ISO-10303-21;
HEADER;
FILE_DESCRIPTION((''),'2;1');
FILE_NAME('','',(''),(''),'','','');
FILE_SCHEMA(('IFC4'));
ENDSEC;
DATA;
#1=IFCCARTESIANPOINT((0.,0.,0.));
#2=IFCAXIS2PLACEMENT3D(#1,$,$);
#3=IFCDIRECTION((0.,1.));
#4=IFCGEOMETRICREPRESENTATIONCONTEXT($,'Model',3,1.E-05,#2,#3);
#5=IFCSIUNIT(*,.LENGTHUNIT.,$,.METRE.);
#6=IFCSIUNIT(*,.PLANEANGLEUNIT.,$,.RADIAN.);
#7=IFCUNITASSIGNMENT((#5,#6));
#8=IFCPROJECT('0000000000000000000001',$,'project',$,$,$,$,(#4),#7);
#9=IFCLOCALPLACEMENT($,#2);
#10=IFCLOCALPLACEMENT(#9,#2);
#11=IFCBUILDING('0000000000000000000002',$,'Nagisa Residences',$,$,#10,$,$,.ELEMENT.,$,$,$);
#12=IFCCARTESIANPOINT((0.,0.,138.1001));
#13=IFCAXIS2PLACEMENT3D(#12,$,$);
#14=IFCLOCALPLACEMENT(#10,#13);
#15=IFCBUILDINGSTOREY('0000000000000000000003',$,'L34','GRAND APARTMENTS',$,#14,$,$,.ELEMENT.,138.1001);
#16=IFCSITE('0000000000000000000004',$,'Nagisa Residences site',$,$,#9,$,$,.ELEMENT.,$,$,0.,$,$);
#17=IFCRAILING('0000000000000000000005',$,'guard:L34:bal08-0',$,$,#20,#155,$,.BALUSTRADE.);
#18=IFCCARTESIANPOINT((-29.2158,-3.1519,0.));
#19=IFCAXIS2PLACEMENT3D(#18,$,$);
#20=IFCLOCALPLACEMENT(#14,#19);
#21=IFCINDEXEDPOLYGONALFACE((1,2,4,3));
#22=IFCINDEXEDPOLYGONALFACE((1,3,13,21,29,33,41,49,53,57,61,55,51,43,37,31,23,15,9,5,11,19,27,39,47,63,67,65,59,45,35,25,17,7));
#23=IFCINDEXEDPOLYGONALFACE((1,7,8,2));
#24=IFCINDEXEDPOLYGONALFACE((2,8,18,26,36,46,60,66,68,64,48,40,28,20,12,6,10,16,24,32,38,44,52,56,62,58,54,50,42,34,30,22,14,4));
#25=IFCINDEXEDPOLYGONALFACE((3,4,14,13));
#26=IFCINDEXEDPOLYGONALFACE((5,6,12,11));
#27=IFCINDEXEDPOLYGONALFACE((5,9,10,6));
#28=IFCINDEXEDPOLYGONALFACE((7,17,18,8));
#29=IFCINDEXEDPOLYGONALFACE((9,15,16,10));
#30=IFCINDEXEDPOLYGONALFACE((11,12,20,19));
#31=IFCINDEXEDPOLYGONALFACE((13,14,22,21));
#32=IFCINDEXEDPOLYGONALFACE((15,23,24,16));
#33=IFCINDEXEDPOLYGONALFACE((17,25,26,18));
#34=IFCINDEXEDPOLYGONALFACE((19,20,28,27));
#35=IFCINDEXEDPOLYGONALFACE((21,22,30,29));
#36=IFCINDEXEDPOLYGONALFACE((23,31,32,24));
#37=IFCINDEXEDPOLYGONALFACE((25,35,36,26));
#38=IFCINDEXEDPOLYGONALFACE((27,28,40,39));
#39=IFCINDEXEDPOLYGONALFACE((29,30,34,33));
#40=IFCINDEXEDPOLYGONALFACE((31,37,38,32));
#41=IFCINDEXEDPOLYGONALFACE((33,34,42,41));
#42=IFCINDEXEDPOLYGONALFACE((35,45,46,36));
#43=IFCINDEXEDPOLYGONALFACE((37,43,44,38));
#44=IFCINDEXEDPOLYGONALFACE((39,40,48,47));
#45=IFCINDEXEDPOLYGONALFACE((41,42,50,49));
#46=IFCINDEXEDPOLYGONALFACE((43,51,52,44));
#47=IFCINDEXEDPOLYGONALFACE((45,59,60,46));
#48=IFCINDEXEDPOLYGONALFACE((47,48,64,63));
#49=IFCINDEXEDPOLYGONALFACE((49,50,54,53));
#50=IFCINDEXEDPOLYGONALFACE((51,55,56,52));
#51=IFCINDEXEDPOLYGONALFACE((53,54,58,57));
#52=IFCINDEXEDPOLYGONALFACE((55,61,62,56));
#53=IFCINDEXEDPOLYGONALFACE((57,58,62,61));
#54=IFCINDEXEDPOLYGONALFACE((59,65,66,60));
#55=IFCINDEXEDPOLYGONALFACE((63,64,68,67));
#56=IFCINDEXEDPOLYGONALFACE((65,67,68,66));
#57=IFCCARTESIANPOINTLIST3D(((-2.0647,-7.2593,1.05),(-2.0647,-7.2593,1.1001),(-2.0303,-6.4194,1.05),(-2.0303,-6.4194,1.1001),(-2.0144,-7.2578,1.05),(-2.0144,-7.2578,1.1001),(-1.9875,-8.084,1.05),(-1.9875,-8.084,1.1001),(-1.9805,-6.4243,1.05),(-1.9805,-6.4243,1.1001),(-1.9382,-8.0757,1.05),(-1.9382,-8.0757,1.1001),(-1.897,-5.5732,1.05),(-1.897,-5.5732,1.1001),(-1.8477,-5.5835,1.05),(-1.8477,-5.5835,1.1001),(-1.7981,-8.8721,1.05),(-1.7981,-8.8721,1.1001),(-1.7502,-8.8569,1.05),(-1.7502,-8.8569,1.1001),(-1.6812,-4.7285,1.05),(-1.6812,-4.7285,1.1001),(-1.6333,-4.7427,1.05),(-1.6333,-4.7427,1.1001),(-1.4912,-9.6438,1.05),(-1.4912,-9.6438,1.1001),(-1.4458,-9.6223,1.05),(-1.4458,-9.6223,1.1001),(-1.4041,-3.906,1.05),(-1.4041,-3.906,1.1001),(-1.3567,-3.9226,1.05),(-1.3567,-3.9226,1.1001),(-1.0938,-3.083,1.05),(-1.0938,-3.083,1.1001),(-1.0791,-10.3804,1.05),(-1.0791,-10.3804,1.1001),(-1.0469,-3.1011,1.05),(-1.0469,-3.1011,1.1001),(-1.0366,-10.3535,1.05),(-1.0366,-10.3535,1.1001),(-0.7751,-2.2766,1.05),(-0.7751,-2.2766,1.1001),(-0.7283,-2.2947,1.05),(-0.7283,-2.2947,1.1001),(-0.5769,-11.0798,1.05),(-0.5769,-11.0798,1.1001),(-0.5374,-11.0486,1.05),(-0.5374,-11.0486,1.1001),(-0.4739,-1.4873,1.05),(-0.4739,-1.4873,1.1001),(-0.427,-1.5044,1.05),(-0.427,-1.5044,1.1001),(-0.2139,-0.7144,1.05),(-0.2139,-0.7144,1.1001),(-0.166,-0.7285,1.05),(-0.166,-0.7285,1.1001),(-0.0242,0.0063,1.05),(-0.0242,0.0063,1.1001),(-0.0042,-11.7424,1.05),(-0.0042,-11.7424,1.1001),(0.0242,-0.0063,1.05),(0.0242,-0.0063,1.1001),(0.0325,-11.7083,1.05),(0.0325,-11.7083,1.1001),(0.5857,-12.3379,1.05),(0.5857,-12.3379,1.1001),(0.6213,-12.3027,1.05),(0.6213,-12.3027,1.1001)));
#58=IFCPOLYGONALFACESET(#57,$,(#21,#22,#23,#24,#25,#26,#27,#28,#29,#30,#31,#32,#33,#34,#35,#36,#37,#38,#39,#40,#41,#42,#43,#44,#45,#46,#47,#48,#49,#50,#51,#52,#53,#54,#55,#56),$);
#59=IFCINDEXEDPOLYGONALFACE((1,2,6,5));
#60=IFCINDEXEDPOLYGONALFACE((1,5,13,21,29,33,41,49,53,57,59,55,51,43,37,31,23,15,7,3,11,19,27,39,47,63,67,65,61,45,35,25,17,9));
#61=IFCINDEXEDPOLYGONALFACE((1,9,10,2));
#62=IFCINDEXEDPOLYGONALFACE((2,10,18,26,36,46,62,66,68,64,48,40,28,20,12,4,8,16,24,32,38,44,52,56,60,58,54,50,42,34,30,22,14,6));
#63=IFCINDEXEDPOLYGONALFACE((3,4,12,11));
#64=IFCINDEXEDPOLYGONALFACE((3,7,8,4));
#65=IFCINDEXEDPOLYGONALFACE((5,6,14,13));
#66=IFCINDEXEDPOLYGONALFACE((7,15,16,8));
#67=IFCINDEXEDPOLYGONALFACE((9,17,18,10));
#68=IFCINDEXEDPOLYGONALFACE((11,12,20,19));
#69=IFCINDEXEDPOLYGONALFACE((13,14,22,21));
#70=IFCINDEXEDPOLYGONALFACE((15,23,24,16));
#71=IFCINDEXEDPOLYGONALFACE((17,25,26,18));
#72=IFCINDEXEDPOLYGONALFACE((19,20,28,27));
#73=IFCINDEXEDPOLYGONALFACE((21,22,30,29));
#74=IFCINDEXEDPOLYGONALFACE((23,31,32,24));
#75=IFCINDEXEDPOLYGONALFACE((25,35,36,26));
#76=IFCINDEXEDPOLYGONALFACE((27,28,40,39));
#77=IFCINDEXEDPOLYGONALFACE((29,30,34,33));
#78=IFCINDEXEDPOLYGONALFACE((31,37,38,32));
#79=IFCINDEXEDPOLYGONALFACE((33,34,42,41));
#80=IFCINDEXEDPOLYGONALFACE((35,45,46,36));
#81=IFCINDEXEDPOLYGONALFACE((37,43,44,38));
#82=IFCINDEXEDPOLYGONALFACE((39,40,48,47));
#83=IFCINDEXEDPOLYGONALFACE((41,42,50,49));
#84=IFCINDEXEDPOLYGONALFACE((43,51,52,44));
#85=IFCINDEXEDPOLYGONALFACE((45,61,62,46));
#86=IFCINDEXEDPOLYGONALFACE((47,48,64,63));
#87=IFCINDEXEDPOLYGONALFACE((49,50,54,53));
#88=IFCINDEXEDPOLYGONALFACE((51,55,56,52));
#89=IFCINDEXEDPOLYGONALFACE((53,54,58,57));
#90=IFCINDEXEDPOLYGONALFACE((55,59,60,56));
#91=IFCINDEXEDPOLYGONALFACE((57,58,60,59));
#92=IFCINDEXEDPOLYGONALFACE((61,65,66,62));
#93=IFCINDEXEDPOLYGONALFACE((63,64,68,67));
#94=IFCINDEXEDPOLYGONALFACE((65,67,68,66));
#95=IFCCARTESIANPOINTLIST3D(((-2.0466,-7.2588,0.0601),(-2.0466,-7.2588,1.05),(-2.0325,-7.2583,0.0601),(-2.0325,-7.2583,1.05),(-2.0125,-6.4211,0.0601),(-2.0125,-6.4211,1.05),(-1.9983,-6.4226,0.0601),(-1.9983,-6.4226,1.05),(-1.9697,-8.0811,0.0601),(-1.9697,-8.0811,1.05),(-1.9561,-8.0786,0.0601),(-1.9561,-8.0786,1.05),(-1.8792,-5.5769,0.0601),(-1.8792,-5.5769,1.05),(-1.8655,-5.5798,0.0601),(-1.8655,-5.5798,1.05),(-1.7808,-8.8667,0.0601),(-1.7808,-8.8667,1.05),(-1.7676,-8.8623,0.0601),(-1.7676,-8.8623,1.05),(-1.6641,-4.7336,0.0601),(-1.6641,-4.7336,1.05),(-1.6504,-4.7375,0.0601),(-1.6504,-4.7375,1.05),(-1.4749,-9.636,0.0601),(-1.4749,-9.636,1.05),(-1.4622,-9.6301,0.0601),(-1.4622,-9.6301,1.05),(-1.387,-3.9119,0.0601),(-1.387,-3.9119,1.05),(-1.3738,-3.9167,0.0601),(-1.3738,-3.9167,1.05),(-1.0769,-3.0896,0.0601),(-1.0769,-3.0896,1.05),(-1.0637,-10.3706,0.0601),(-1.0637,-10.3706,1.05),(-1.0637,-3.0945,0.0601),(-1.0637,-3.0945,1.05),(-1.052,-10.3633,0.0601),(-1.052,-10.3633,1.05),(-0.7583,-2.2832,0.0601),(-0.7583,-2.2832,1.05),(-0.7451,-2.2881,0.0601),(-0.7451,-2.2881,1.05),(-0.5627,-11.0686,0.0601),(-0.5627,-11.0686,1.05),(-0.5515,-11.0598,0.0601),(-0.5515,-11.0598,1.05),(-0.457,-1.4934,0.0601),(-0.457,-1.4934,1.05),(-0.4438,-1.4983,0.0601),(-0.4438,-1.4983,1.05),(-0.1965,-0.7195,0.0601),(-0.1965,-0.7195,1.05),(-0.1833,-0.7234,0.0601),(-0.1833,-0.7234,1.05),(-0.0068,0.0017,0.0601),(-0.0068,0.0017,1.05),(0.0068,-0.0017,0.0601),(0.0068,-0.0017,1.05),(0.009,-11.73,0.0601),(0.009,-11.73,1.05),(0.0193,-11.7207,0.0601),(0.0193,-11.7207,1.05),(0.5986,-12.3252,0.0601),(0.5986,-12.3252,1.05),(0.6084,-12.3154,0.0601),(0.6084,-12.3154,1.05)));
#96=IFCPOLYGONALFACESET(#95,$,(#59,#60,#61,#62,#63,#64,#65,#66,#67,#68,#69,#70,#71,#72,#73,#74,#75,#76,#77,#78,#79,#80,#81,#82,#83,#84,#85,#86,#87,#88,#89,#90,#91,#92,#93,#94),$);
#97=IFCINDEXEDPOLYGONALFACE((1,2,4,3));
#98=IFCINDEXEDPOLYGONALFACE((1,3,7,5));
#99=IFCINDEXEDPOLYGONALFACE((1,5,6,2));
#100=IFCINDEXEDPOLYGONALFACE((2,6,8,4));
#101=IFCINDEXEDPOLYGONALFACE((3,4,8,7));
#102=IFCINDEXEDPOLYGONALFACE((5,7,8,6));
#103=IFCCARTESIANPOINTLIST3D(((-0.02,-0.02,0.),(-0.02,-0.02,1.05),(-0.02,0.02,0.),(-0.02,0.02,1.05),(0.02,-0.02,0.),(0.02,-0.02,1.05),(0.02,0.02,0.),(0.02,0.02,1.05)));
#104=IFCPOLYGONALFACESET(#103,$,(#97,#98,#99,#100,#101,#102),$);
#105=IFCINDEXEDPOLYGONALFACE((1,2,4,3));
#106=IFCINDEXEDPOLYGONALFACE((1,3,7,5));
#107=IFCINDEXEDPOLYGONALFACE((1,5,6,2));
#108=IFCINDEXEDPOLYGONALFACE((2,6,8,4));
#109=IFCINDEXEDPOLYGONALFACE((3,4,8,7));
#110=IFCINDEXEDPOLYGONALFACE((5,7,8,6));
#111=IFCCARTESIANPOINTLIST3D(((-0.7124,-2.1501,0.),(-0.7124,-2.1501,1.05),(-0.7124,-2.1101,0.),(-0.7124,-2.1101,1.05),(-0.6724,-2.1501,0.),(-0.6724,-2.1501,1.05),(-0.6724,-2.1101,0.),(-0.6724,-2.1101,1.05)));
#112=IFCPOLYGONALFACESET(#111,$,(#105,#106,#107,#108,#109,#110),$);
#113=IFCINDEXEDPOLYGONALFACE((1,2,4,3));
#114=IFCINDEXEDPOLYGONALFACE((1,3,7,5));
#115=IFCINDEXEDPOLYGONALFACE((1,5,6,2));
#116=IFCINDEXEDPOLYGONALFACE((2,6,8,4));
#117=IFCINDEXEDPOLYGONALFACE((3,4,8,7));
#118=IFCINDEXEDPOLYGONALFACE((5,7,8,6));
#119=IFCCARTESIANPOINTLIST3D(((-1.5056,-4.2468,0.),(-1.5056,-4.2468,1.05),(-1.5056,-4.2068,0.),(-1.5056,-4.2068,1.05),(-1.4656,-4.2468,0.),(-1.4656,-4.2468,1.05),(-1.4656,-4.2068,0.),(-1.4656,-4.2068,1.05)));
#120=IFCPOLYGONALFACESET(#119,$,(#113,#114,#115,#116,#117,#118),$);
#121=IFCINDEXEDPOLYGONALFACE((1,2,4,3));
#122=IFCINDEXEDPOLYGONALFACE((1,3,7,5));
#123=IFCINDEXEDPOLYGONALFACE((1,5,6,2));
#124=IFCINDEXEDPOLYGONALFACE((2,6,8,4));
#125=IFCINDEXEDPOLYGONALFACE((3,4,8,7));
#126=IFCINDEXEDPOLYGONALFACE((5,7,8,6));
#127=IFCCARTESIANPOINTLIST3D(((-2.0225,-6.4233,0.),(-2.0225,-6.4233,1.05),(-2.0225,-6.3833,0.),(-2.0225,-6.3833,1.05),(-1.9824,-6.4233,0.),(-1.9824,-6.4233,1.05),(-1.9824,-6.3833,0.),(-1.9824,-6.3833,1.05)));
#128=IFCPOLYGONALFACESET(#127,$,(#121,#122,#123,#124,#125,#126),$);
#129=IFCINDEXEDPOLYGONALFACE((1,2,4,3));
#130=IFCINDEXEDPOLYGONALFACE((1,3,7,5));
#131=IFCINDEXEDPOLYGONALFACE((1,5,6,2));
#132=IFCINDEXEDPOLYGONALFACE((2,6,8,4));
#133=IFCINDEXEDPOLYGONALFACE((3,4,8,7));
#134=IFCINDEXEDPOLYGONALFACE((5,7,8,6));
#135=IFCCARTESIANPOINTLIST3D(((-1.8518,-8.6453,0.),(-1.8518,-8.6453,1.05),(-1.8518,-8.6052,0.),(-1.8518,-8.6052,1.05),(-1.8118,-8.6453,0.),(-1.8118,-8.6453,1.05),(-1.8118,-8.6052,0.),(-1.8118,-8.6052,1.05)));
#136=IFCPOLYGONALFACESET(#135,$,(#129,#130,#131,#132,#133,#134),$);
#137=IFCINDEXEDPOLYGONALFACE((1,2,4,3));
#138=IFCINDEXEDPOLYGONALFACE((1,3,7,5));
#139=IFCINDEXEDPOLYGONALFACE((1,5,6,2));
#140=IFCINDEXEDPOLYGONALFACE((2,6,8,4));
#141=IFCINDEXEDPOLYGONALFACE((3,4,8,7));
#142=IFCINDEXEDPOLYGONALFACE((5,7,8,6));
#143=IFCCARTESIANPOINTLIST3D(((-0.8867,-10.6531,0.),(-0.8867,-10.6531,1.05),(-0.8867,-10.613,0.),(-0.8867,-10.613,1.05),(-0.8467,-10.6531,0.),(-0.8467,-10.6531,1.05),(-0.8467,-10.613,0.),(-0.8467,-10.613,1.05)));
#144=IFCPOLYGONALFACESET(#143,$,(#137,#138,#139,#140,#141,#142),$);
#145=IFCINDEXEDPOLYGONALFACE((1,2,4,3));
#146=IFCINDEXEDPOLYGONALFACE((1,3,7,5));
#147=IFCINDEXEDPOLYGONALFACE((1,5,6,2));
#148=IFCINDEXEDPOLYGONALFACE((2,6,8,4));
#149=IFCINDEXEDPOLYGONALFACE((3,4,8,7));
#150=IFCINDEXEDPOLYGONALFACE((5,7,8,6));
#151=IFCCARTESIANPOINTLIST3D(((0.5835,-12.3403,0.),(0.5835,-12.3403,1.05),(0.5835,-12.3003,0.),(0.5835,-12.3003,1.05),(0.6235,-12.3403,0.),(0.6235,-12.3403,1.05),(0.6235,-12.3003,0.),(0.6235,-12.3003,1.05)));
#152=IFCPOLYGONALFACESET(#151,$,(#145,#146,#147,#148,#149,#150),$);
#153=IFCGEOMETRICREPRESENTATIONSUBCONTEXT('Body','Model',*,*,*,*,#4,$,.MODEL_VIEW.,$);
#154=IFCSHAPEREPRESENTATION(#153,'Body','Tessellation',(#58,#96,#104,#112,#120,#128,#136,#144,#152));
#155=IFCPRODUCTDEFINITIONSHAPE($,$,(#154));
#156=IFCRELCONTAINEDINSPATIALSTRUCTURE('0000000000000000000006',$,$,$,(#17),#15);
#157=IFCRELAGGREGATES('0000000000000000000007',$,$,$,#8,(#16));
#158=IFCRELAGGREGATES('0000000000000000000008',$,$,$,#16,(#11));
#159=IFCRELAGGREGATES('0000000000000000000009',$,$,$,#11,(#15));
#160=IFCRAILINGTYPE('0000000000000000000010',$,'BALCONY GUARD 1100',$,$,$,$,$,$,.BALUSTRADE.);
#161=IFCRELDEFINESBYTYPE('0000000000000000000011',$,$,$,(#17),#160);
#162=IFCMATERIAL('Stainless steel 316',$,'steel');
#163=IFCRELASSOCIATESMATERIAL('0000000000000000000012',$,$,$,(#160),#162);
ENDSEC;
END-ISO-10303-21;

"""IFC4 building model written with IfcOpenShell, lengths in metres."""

from ifc_helpers import new_model, si_unit, direction, frame, origin, origin_2d, place, context, subcontext, project, spatial, polyline, rectangle, outline, extrude, material, type_object, element, save


model = new_model("IFC4")

# Units and contexts
model_context = context("Model", 3, precision=1e-05, world=origin(), true_north=direction((0.0, 1.0)))
body_context = subcontext(model_context, "Body", "Model", "MODEL_VIEW")
ifc_project = project(units=[si_unit("LENGTHUNIT", "METRE"), si_unit("PLANEANGLEUNIT", "RADIAN")], contexts=[model_context])

# Site, building, storey
site_placement = place(None, origin())
site = spatial("IfcSite", under=ifc_project, at=site_placement, Name="Nagisa Residences site", CompositionType="ELEMENT", RefElevation=0.0)
building_placement = place(site_placement, origin())
building = spatial("IfcBuilding", under=site, at=building_placement, Name="Nagisa Residences", CompositionType="ELEMENT")
storey_placement = place(building_placement, frame((0.0, 0.0, 138.1001)))
storey = spatial("IfcBuildingStorey", under=building, at=storey_placement, Name="L34", Description="GRAND APARTMENTS", CompositionType="ELEMENT", Elevation=138.1001)

# Railing
ifc_material_1 = material(Name="Stainless steel 316", Category="steel")
railing_type = type_object("IfcRailingType", Name="BALCONY GUARD 1100", PredefinedType="BALUSTRADE", material=ifc_material_1)
railing_placement = place(storey_placement, frame((-29.2158, -3.1519, 0.0)))
element("IfcRailing", 1, at=railing_placement, inside=storey, type_object=railing_type, Name="guard:L34:bal08-0", PredefinedType="BALUSTRADE", context=body_context, shape_type="SweptSolid", body=[
    extrude(outline(polyline([(-0.166, -0.7285), (0.0242, -0.0063), (-0.0242, 0.0063), (-0.2139, -0.7144), (-0.4739, -1.4873), (-0.7751, -2.2766), (-1.0938, -3.083), (-1.4041, -3.906), (-1.6812, -4.7285), (-1.897, -5.5732), (-2.0303, -6.4194), (-2.0647, -7.2593), (-1.9875, -8.084), (-1.7981, -8.8721), (-1.4912, -9.6438), (-1.0791, -10.3804), (-0.5769, -11.0798), (-0.0042, -11.7424), (0.5857, -12.3379), (0.6213, -12.3027), (0.0325, -11.7083), (-0.5374, -11.0486), (-1.0366, -10.3535), (-1.4458, -9.6223), (-1.7502, -8.8569), (-1.9382, -8.0757), (-2.0144, -7.2578), (-1.9805, -6.4243), (-1.8477, -5.5835), (-1.6333, -4.7427), (-1.3567, -3.9226), (-1.0469, -3.1011), (-0.7283, -2.2947), (-0.427, -1.5044), (-0.166, -0.7285)])), frame((0.0, 0.0, 1.05)), (0.0, 0.0, 1.0), 0.05),
    extrude(outline(polyline([(-0.1833, -0.7234), (0.0068, -0.0017), (-0.0068, 0.0017), (-0.1965, -0.7195), (-0.457, -1.4934), (-0.7583, -2.2832), (-1.0769, -3.0896), (-1.387, -3.9119), (-1.6641, -4.7336), (-1.8792, -5.5769), (-2.0125, -6.4211), (-2.0466, -7.2588), (-1.9697, -8.0811), (-1.7808, -8.8667), (-1.4749, -9.636), (-1.0637, -10.3706), (-0.5627, -11.0686), (0.009, -11.73), (0.5986, -12.3252), (0.6084, -12.3154), (0.0193, -11.7207), (-0.5515, -11.0598), (-1.052, -10.3633), (-1.4622, -9.6301), (-1.7676, -8.8623), (-1.9561, -8.0786), (-2.0325, -7.2583), (-1.9983, -6.4226), (-1.8655, -5.5798), (-1.6504, -4.7375), (-1.3738, -3.9167), (-1.0637, -3.0945), (-0.7451, -2.2881), (-0.4438, -1.4983), (-0.1833, -0.7234)])), frame((0.0, 0.0, 0.0601)), (0.0, 0.0, 1.0), 0.99),
    extrude(rectangle(XDim=0.04, YDim=0.04, at=origin_2d()), origin(), (0.0, 0.0, 1.0), 1.05),
    extrude(rectangle(XDim=0.04, YDim=0.04, at=origin_2d()), frame((-0.6924, -2.1301, 0.0)), (0.0, 0.0, 1.0), 1.05),
    extrude(rectangle(XDim=0.04, YDim=0.04, at=origin_2d()), frame((-1.4856, -4.2268, 0.0)), (0.0, 0.0, 1.0), 1.05),
    extrude(rectangle(XDim=0.04, YDim=0.04, at=origin_2d()), frame((-2.0024, -6.4033, 0.0)), (0.0, 0.0, 1.0), 1.05),
    extrude(rectangle(XDim=0.04, YDim=0.04, at=origin_2d()), frame((-1.8318, -8.6252, 0.0)), (0.0, 0.0, 1.0), 1.05),
    extrude(rectangle(XDim=0.04, YDim=0.04, at=origin_2d()), frame((-0.8667, -10.6331, 0.0)), (0.0, 0.0, 1.0), 1.05),
    extrude(rectangle(XDim=0.04, YDim=0.04, at=origin_2d()), frame((0.6035, -12.3203, 0.0)), (0.0, 0.0, 1.0), 1.05),
])

save(model, "model.ifc")
